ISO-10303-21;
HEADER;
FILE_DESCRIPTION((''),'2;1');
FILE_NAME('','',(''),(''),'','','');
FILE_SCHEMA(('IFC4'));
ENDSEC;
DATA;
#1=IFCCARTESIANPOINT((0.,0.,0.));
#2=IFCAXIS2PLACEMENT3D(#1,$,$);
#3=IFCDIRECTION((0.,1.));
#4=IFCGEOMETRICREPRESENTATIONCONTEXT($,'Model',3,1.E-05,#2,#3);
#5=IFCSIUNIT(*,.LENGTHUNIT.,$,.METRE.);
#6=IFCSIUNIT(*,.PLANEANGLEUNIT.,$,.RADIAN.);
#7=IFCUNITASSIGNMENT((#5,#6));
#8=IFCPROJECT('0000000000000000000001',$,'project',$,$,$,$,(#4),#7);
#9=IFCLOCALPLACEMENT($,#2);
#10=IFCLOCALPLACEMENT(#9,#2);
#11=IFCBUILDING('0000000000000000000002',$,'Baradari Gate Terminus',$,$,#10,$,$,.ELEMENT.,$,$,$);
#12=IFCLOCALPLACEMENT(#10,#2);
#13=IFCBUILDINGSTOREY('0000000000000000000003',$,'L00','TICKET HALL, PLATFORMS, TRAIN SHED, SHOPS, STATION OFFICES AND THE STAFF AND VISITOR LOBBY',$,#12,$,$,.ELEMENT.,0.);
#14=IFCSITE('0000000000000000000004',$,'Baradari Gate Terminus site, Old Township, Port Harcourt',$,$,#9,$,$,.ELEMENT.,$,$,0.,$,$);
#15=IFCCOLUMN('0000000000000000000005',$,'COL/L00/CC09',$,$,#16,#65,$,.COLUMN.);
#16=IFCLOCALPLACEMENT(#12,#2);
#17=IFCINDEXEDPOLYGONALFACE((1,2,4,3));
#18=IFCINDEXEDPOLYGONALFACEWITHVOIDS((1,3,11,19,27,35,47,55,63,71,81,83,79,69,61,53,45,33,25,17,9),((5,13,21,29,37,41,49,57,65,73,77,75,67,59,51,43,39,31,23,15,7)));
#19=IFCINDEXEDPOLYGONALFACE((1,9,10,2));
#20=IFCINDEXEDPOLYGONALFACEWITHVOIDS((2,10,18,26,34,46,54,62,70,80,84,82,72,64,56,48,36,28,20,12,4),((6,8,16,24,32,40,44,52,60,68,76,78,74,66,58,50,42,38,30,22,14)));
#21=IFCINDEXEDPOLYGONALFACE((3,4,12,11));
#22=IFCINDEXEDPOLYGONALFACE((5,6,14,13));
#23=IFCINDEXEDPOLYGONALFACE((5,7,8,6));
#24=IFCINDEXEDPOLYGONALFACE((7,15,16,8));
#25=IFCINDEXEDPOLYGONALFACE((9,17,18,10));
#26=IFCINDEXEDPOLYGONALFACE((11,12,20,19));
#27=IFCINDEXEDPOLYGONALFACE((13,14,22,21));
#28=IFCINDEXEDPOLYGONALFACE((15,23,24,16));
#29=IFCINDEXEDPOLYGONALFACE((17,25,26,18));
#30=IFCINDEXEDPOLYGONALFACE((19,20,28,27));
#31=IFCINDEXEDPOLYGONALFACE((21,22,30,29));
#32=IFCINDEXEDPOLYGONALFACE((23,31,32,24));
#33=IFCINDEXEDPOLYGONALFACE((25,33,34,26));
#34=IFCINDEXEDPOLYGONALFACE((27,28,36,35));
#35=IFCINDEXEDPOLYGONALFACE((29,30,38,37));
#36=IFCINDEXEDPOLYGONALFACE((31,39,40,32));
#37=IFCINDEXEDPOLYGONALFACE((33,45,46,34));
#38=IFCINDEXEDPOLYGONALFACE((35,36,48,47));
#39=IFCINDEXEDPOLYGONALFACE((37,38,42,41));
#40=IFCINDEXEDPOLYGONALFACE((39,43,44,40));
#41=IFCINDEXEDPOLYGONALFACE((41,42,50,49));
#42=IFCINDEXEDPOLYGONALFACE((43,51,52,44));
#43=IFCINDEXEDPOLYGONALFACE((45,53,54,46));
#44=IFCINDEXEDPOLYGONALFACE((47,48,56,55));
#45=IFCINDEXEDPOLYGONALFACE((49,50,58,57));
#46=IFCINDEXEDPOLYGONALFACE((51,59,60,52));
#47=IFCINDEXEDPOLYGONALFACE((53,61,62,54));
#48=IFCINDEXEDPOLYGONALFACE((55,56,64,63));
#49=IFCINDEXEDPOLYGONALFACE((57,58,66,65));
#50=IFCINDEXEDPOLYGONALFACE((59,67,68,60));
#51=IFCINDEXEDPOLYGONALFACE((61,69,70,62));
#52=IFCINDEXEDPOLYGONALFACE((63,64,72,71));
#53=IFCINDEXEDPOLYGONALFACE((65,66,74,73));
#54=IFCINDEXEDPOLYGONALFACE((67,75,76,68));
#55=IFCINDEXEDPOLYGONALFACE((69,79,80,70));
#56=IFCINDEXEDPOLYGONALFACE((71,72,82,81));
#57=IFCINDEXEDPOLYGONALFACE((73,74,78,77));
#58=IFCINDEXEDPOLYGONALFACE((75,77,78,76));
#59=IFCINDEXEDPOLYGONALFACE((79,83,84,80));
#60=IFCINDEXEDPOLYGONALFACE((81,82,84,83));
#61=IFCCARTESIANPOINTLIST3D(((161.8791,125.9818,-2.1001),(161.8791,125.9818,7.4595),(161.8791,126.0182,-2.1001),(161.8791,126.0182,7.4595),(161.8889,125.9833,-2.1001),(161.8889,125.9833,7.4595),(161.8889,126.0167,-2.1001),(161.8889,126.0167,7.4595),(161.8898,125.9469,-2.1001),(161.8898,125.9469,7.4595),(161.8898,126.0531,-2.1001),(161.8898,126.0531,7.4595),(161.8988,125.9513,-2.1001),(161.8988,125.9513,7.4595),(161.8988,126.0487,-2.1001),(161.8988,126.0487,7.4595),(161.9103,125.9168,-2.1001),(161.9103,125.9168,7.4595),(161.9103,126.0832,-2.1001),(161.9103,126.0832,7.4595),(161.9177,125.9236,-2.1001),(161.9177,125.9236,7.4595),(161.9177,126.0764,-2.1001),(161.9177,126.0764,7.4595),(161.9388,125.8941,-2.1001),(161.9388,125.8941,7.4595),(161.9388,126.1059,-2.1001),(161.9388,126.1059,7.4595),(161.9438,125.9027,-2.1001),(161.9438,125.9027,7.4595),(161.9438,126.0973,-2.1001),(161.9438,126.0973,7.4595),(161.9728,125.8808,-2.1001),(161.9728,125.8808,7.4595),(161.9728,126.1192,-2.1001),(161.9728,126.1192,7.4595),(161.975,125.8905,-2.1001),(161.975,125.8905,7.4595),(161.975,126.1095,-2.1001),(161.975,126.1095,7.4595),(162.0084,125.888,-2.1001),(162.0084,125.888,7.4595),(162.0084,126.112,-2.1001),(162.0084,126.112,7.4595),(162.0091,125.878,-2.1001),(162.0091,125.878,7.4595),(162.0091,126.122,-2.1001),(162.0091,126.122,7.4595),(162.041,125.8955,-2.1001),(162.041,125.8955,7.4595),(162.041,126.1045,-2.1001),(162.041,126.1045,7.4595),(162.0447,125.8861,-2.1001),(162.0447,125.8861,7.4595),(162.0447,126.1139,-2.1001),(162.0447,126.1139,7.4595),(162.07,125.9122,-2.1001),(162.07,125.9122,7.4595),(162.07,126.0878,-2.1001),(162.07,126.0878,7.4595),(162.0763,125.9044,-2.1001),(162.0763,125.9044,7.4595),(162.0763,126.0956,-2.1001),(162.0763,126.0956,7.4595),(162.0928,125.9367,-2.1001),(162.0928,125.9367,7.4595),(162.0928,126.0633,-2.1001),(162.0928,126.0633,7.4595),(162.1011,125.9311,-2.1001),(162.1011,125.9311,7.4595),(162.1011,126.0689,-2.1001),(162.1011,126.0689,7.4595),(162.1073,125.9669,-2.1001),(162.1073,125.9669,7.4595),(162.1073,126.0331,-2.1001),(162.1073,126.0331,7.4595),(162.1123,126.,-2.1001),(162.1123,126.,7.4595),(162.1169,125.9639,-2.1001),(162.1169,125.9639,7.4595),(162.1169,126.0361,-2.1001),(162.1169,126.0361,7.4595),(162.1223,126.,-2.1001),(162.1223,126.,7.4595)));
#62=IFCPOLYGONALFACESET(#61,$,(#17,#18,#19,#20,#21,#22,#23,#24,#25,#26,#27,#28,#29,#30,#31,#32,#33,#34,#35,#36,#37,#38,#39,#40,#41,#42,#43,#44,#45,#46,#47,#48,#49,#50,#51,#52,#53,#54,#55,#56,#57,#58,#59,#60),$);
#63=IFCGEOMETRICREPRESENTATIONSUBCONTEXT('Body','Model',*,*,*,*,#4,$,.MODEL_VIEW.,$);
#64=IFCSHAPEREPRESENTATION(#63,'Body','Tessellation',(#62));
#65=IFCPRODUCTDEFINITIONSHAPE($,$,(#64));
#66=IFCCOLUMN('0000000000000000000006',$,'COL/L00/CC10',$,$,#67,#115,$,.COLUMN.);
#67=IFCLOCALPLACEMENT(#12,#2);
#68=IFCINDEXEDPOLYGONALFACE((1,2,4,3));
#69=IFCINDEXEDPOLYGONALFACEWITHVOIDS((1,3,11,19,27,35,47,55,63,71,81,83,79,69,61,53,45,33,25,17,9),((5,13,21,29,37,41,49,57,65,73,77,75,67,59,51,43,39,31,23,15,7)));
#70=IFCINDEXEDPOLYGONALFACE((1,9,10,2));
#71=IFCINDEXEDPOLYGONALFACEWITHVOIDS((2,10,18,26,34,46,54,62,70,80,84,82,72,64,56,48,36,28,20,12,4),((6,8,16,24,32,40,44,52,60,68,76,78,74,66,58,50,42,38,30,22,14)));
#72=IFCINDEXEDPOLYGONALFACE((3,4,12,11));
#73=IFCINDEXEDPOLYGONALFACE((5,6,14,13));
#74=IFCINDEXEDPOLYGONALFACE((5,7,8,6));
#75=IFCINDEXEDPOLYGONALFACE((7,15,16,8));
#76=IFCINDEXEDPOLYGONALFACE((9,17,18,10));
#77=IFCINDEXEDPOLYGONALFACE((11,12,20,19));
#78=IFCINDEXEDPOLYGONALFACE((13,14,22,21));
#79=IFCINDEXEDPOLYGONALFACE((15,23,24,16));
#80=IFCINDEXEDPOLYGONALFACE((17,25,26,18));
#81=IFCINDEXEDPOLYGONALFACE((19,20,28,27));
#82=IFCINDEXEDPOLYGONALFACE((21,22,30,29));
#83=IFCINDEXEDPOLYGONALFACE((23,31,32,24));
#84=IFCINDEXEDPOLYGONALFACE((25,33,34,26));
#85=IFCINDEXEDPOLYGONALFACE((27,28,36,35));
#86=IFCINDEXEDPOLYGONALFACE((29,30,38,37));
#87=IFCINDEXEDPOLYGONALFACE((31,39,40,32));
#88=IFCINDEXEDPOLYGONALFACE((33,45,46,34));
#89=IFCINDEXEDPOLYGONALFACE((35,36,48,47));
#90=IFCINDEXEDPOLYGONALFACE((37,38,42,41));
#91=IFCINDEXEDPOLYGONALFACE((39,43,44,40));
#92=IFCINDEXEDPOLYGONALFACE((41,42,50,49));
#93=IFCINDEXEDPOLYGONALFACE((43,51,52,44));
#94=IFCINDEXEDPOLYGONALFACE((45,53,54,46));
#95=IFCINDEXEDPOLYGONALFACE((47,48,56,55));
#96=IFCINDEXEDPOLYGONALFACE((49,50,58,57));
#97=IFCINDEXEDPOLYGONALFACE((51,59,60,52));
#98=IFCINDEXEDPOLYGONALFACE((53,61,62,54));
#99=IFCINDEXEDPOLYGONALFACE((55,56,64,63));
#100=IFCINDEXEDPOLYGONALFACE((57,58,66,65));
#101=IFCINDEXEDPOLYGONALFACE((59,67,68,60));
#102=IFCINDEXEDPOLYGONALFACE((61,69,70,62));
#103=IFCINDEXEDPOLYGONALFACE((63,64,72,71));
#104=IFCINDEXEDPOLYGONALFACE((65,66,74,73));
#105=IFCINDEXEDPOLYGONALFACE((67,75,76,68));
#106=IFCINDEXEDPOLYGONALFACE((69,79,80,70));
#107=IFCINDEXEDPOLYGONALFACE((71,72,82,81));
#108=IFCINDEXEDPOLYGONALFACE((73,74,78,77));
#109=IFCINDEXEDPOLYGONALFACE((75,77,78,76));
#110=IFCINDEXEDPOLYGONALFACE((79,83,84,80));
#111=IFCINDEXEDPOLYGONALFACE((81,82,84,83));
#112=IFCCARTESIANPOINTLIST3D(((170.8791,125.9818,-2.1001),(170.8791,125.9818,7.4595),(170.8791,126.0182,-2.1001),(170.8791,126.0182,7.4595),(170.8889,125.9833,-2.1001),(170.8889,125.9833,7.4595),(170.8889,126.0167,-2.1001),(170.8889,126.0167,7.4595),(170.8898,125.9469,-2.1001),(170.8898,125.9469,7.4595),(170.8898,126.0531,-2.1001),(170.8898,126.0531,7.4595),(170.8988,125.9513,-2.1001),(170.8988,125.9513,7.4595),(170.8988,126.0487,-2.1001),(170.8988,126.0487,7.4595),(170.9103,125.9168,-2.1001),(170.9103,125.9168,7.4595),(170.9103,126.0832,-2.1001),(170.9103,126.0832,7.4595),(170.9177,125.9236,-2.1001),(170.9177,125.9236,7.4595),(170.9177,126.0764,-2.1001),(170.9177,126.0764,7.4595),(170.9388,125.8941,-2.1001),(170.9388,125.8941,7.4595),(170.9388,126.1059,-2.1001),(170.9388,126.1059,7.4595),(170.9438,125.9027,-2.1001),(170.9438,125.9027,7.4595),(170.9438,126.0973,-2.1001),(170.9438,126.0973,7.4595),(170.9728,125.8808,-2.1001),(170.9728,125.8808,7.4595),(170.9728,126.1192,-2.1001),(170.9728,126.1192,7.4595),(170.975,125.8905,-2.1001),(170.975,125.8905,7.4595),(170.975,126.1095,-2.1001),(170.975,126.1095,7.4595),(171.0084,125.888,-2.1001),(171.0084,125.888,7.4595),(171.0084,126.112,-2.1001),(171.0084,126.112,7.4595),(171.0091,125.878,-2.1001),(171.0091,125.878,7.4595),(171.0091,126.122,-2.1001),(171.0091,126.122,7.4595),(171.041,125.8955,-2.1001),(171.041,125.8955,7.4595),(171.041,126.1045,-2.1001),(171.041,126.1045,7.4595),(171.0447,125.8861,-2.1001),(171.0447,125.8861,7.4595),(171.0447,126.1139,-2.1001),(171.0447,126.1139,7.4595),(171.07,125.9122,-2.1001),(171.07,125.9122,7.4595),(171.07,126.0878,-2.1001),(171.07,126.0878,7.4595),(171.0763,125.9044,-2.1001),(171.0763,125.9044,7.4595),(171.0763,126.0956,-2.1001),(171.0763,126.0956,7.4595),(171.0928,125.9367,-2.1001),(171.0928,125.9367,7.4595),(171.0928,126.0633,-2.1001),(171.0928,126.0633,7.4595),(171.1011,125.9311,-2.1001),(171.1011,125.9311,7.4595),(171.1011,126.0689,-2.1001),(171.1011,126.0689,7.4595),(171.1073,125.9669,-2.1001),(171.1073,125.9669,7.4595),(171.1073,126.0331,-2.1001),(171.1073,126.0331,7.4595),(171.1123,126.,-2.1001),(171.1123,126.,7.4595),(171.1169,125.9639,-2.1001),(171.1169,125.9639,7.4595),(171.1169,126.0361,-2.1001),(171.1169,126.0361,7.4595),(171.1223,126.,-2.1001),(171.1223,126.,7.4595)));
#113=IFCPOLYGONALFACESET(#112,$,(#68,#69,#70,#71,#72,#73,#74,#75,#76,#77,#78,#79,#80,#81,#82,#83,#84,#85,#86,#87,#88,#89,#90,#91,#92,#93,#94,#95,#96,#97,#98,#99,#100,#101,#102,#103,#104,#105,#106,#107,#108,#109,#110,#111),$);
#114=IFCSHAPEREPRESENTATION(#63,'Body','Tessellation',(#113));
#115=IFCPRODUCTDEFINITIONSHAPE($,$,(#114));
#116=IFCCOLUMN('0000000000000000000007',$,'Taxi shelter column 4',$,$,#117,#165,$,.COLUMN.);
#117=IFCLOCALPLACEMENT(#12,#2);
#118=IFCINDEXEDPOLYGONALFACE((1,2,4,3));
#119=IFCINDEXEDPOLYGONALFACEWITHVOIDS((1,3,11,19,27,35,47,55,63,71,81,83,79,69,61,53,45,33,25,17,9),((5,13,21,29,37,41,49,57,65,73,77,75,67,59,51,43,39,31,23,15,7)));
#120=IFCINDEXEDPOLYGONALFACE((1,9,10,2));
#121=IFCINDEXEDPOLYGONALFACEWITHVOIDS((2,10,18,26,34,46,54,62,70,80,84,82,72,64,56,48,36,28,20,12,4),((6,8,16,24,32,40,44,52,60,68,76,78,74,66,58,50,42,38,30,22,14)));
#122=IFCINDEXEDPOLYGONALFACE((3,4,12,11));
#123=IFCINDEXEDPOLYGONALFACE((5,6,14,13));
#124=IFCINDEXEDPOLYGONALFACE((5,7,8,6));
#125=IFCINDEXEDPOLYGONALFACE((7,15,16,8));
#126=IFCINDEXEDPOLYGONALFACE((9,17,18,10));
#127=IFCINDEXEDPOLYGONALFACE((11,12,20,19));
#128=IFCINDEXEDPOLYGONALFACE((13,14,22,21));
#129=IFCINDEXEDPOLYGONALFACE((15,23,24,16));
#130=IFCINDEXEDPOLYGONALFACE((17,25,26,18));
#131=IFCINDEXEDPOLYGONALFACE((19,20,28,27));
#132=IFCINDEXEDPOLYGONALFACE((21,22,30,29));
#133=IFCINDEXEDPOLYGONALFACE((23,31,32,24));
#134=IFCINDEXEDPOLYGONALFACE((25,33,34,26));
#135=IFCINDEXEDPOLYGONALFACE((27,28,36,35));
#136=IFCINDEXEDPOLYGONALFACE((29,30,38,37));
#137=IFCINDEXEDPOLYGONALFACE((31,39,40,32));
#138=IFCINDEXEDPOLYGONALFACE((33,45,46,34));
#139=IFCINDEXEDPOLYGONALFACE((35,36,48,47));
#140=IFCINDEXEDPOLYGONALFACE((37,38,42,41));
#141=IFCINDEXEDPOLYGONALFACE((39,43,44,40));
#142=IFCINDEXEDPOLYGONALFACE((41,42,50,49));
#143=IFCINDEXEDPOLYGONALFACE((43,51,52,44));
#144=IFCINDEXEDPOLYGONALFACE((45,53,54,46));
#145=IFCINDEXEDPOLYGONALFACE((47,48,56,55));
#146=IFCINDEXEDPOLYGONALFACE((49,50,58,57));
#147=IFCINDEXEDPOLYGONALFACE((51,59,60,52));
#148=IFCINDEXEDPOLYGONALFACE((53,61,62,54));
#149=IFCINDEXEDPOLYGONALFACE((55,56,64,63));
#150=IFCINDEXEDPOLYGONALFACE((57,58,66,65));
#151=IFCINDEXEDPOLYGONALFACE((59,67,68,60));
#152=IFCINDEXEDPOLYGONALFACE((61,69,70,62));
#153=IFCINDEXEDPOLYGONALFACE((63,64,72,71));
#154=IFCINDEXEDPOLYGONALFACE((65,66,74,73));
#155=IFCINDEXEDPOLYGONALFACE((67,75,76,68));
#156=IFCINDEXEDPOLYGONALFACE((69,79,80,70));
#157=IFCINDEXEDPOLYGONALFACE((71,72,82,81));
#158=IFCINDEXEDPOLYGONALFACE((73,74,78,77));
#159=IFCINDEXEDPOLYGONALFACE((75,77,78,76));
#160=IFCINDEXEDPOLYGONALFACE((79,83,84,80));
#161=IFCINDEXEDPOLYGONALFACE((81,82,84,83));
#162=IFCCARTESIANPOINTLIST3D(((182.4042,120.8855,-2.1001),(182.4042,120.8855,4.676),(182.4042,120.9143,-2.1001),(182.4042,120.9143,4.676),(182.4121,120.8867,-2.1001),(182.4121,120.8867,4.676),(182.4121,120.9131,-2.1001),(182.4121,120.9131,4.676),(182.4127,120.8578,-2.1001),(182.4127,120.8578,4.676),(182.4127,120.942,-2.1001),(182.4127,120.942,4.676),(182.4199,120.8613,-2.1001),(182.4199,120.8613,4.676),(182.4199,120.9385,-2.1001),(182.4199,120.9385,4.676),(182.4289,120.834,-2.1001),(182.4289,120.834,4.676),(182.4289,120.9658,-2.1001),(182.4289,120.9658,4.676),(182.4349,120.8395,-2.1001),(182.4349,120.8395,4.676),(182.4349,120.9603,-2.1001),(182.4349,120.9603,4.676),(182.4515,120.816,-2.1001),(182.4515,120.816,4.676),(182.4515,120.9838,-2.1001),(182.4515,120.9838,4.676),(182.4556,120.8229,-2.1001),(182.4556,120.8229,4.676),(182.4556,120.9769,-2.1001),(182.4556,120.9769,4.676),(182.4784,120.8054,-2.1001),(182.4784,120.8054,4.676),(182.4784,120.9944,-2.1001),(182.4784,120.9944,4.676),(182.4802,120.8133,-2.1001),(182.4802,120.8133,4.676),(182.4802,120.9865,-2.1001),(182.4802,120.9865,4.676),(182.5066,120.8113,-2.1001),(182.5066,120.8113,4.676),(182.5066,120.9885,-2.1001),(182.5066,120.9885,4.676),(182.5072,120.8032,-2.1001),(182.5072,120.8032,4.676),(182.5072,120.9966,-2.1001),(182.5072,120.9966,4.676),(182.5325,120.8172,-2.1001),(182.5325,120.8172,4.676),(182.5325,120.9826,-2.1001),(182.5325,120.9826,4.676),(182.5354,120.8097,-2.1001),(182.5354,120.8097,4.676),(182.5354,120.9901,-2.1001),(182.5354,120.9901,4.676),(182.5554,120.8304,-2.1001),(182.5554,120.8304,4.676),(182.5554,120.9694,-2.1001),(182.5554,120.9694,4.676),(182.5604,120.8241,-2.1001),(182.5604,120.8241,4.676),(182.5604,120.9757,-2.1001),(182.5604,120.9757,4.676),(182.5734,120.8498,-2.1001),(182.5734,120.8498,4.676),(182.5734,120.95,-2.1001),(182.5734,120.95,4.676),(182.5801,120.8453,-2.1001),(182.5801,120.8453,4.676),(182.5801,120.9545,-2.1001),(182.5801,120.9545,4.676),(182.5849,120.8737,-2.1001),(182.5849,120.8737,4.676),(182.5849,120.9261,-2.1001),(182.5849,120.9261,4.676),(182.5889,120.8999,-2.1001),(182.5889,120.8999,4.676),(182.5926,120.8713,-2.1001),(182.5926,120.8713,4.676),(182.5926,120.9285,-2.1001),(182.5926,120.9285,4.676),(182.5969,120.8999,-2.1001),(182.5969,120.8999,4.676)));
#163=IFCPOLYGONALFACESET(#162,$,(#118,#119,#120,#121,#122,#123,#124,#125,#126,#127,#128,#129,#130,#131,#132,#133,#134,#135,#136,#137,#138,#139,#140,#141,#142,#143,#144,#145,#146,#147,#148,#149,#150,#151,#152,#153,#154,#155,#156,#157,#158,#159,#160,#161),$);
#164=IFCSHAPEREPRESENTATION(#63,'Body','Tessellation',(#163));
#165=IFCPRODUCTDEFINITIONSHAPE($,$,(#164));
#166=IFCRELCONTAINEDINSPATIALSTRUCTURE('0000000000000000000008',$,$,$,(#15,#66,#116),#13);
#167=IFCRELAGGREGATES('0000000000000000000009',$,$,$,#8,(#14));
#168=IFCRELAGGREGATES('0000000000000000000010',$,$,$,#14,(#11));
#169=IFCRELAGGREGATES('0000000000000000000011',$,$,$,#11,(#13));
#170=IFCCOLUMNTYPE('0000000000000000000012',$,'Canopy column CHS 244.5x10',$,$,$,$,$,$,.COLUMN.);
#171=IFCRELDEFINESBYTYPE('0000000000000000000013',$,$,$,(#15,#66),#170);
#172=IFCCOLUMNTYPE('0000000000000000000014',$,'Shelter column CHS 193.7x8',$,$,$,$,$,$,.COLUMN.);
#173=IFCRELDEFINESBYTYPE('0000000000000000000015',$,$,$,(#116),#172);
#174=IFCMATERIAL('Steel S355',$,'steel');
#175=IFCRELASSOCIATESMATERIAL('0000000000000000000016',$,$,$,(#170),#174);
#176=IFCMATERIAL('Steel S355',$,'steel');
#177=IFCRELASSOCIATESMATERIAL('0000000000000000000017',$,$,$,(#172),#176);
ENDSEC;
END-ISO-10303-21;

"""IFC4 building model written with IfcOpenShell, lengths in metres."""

from ifc_helpers import new_model, si_unit, direction, frame, origin, origin_2d, place, context, subcontext, project, spatial, hollow_circle, extrude, material, material_profile, profile_set, type_object, element, save


model = new_model("IFC4")

# Units and contexts
model_context = context("Model", 3, precision=1e-05, world=origin(), true_north=direction((0.0, 1.0)))
body_context = subcontext(model_context, "Body", "Model", "MODEL_VIEW")
ifc_project = project(units=[si_unit("LENGTHUNIT", "METRE"), si_unit("PLANEANGLEUNIT", "RADIAN")], contexts=[model_context])

# Site, building, storey
site_placement = place(None, origin())
site = spatial("IfcSite", under=ifc_project, at=site_placement, Name="Baradari Gate Terminus site, Old Township, Port Harcourt", CompositionType="ELEMENT", RefElevation=0.0)
building_placement = place(site_placement, origin())
building = spatial("IfcBuilding", under=site, at=building_placement, Name="Baradari Gate Terminus", CompositionType="ELEMENT")
storey_placement = place(building_placement, origin())
storey = spatial("IfcBuildingStorey", under=building, at=storey_placement, Name="L00", Description="TICKET HALL, PLATFORMS, TRAIN SHED, SHOPS, STATION OFFICES AND THE STAFF AND VISITOR LOBBY", CompositionType="ELEMENT", Elevation=0.0)

# Columns
ifc_material_1 = material(Name="Steel S355", Category="steel")
ifc_material_profile_1 = material_profile(ifc_material_1, hollow_circle(Radius=0.1223, WallThickness=0.01, at=origin_2d()), Name="CHS 244.5x10")
ifc_profile_set_1 = profile_set([ifc_material_profile_1], Name="Steel S355")
column_type_1 = type_object("IfcColumnType", Name="Canopy column CHS 244.5x10", PredefinedType="COLUMN", material=ifc_profile_set_1)
for number, where, z_axis, x_axis, name in (
    (1, (162.0, 126.0, -2.1001), (0.0, 0.0, 1.0), (1.0, 0.0, 0.0), "COL/L00/CC09"),
    (2, (171.0, 126.0, -2.1001), (0.0, 0.0, 1.0), (1.0, 0.0, 0.0), "COL/L00/CC10"),
):
    element("IfcColumn", number, at=place(storey_placement, frame(where, z_axis=z_axis, x_axis=x_axis)), inside=storey, type_object=column_type_1, Name=name, PredefinedType="COLUMN", context=body_context, shape_type="SweptSolid", body=[
        extrude(hollow_circle(Radius=0.1223, WallThickness=0.01, at=origin_2d()), origin(), (0.0, 0.0, 1.0), 9.5596),
    ])
ifc_material_2 = material(Name="Steel S355", Category="steel")
ifc_material_profile_2 = material_profile(ifc_material_2, hollow_circle(Radius=0.0969, WallThickness=0.0081, at=origin_2d()), Name="CHS 193.7x8")
ifc_profile_set_2 = profile_set([ifc_material_profile_2], Name="Steel S355")
column_type_2 = type_object("IfcColumnType", Name="Shelter column CHS 193.7x8", PredefinedType="COLUMN", material=ifc_profile_set_2)
for number, where, z_axis, x_axis, name in (
    (3, (182.5, 120.8999, -2.1001), (0.0, 0.0, 1.0), (1.0, 0.0, 0.0), "Taxi shelter column 4"),
):
    element("IfcColumn", number, at=place(storey_placement, frame(where, z_axis=z_axis, x_axis=x_axis)), inside=storey, type_object=column_type_2, Name=name, PredefinedType="COLUMN", context=body_context, shape_type="SweptSolid", body=[
        extrude(hollow_circle(Radius=0.0969, WallThickness=0.0081, at=origin_2d()), origin(), (0.0, 0.0, 1.0), 6.7761),
    ])

save(model, "model.ifc")
